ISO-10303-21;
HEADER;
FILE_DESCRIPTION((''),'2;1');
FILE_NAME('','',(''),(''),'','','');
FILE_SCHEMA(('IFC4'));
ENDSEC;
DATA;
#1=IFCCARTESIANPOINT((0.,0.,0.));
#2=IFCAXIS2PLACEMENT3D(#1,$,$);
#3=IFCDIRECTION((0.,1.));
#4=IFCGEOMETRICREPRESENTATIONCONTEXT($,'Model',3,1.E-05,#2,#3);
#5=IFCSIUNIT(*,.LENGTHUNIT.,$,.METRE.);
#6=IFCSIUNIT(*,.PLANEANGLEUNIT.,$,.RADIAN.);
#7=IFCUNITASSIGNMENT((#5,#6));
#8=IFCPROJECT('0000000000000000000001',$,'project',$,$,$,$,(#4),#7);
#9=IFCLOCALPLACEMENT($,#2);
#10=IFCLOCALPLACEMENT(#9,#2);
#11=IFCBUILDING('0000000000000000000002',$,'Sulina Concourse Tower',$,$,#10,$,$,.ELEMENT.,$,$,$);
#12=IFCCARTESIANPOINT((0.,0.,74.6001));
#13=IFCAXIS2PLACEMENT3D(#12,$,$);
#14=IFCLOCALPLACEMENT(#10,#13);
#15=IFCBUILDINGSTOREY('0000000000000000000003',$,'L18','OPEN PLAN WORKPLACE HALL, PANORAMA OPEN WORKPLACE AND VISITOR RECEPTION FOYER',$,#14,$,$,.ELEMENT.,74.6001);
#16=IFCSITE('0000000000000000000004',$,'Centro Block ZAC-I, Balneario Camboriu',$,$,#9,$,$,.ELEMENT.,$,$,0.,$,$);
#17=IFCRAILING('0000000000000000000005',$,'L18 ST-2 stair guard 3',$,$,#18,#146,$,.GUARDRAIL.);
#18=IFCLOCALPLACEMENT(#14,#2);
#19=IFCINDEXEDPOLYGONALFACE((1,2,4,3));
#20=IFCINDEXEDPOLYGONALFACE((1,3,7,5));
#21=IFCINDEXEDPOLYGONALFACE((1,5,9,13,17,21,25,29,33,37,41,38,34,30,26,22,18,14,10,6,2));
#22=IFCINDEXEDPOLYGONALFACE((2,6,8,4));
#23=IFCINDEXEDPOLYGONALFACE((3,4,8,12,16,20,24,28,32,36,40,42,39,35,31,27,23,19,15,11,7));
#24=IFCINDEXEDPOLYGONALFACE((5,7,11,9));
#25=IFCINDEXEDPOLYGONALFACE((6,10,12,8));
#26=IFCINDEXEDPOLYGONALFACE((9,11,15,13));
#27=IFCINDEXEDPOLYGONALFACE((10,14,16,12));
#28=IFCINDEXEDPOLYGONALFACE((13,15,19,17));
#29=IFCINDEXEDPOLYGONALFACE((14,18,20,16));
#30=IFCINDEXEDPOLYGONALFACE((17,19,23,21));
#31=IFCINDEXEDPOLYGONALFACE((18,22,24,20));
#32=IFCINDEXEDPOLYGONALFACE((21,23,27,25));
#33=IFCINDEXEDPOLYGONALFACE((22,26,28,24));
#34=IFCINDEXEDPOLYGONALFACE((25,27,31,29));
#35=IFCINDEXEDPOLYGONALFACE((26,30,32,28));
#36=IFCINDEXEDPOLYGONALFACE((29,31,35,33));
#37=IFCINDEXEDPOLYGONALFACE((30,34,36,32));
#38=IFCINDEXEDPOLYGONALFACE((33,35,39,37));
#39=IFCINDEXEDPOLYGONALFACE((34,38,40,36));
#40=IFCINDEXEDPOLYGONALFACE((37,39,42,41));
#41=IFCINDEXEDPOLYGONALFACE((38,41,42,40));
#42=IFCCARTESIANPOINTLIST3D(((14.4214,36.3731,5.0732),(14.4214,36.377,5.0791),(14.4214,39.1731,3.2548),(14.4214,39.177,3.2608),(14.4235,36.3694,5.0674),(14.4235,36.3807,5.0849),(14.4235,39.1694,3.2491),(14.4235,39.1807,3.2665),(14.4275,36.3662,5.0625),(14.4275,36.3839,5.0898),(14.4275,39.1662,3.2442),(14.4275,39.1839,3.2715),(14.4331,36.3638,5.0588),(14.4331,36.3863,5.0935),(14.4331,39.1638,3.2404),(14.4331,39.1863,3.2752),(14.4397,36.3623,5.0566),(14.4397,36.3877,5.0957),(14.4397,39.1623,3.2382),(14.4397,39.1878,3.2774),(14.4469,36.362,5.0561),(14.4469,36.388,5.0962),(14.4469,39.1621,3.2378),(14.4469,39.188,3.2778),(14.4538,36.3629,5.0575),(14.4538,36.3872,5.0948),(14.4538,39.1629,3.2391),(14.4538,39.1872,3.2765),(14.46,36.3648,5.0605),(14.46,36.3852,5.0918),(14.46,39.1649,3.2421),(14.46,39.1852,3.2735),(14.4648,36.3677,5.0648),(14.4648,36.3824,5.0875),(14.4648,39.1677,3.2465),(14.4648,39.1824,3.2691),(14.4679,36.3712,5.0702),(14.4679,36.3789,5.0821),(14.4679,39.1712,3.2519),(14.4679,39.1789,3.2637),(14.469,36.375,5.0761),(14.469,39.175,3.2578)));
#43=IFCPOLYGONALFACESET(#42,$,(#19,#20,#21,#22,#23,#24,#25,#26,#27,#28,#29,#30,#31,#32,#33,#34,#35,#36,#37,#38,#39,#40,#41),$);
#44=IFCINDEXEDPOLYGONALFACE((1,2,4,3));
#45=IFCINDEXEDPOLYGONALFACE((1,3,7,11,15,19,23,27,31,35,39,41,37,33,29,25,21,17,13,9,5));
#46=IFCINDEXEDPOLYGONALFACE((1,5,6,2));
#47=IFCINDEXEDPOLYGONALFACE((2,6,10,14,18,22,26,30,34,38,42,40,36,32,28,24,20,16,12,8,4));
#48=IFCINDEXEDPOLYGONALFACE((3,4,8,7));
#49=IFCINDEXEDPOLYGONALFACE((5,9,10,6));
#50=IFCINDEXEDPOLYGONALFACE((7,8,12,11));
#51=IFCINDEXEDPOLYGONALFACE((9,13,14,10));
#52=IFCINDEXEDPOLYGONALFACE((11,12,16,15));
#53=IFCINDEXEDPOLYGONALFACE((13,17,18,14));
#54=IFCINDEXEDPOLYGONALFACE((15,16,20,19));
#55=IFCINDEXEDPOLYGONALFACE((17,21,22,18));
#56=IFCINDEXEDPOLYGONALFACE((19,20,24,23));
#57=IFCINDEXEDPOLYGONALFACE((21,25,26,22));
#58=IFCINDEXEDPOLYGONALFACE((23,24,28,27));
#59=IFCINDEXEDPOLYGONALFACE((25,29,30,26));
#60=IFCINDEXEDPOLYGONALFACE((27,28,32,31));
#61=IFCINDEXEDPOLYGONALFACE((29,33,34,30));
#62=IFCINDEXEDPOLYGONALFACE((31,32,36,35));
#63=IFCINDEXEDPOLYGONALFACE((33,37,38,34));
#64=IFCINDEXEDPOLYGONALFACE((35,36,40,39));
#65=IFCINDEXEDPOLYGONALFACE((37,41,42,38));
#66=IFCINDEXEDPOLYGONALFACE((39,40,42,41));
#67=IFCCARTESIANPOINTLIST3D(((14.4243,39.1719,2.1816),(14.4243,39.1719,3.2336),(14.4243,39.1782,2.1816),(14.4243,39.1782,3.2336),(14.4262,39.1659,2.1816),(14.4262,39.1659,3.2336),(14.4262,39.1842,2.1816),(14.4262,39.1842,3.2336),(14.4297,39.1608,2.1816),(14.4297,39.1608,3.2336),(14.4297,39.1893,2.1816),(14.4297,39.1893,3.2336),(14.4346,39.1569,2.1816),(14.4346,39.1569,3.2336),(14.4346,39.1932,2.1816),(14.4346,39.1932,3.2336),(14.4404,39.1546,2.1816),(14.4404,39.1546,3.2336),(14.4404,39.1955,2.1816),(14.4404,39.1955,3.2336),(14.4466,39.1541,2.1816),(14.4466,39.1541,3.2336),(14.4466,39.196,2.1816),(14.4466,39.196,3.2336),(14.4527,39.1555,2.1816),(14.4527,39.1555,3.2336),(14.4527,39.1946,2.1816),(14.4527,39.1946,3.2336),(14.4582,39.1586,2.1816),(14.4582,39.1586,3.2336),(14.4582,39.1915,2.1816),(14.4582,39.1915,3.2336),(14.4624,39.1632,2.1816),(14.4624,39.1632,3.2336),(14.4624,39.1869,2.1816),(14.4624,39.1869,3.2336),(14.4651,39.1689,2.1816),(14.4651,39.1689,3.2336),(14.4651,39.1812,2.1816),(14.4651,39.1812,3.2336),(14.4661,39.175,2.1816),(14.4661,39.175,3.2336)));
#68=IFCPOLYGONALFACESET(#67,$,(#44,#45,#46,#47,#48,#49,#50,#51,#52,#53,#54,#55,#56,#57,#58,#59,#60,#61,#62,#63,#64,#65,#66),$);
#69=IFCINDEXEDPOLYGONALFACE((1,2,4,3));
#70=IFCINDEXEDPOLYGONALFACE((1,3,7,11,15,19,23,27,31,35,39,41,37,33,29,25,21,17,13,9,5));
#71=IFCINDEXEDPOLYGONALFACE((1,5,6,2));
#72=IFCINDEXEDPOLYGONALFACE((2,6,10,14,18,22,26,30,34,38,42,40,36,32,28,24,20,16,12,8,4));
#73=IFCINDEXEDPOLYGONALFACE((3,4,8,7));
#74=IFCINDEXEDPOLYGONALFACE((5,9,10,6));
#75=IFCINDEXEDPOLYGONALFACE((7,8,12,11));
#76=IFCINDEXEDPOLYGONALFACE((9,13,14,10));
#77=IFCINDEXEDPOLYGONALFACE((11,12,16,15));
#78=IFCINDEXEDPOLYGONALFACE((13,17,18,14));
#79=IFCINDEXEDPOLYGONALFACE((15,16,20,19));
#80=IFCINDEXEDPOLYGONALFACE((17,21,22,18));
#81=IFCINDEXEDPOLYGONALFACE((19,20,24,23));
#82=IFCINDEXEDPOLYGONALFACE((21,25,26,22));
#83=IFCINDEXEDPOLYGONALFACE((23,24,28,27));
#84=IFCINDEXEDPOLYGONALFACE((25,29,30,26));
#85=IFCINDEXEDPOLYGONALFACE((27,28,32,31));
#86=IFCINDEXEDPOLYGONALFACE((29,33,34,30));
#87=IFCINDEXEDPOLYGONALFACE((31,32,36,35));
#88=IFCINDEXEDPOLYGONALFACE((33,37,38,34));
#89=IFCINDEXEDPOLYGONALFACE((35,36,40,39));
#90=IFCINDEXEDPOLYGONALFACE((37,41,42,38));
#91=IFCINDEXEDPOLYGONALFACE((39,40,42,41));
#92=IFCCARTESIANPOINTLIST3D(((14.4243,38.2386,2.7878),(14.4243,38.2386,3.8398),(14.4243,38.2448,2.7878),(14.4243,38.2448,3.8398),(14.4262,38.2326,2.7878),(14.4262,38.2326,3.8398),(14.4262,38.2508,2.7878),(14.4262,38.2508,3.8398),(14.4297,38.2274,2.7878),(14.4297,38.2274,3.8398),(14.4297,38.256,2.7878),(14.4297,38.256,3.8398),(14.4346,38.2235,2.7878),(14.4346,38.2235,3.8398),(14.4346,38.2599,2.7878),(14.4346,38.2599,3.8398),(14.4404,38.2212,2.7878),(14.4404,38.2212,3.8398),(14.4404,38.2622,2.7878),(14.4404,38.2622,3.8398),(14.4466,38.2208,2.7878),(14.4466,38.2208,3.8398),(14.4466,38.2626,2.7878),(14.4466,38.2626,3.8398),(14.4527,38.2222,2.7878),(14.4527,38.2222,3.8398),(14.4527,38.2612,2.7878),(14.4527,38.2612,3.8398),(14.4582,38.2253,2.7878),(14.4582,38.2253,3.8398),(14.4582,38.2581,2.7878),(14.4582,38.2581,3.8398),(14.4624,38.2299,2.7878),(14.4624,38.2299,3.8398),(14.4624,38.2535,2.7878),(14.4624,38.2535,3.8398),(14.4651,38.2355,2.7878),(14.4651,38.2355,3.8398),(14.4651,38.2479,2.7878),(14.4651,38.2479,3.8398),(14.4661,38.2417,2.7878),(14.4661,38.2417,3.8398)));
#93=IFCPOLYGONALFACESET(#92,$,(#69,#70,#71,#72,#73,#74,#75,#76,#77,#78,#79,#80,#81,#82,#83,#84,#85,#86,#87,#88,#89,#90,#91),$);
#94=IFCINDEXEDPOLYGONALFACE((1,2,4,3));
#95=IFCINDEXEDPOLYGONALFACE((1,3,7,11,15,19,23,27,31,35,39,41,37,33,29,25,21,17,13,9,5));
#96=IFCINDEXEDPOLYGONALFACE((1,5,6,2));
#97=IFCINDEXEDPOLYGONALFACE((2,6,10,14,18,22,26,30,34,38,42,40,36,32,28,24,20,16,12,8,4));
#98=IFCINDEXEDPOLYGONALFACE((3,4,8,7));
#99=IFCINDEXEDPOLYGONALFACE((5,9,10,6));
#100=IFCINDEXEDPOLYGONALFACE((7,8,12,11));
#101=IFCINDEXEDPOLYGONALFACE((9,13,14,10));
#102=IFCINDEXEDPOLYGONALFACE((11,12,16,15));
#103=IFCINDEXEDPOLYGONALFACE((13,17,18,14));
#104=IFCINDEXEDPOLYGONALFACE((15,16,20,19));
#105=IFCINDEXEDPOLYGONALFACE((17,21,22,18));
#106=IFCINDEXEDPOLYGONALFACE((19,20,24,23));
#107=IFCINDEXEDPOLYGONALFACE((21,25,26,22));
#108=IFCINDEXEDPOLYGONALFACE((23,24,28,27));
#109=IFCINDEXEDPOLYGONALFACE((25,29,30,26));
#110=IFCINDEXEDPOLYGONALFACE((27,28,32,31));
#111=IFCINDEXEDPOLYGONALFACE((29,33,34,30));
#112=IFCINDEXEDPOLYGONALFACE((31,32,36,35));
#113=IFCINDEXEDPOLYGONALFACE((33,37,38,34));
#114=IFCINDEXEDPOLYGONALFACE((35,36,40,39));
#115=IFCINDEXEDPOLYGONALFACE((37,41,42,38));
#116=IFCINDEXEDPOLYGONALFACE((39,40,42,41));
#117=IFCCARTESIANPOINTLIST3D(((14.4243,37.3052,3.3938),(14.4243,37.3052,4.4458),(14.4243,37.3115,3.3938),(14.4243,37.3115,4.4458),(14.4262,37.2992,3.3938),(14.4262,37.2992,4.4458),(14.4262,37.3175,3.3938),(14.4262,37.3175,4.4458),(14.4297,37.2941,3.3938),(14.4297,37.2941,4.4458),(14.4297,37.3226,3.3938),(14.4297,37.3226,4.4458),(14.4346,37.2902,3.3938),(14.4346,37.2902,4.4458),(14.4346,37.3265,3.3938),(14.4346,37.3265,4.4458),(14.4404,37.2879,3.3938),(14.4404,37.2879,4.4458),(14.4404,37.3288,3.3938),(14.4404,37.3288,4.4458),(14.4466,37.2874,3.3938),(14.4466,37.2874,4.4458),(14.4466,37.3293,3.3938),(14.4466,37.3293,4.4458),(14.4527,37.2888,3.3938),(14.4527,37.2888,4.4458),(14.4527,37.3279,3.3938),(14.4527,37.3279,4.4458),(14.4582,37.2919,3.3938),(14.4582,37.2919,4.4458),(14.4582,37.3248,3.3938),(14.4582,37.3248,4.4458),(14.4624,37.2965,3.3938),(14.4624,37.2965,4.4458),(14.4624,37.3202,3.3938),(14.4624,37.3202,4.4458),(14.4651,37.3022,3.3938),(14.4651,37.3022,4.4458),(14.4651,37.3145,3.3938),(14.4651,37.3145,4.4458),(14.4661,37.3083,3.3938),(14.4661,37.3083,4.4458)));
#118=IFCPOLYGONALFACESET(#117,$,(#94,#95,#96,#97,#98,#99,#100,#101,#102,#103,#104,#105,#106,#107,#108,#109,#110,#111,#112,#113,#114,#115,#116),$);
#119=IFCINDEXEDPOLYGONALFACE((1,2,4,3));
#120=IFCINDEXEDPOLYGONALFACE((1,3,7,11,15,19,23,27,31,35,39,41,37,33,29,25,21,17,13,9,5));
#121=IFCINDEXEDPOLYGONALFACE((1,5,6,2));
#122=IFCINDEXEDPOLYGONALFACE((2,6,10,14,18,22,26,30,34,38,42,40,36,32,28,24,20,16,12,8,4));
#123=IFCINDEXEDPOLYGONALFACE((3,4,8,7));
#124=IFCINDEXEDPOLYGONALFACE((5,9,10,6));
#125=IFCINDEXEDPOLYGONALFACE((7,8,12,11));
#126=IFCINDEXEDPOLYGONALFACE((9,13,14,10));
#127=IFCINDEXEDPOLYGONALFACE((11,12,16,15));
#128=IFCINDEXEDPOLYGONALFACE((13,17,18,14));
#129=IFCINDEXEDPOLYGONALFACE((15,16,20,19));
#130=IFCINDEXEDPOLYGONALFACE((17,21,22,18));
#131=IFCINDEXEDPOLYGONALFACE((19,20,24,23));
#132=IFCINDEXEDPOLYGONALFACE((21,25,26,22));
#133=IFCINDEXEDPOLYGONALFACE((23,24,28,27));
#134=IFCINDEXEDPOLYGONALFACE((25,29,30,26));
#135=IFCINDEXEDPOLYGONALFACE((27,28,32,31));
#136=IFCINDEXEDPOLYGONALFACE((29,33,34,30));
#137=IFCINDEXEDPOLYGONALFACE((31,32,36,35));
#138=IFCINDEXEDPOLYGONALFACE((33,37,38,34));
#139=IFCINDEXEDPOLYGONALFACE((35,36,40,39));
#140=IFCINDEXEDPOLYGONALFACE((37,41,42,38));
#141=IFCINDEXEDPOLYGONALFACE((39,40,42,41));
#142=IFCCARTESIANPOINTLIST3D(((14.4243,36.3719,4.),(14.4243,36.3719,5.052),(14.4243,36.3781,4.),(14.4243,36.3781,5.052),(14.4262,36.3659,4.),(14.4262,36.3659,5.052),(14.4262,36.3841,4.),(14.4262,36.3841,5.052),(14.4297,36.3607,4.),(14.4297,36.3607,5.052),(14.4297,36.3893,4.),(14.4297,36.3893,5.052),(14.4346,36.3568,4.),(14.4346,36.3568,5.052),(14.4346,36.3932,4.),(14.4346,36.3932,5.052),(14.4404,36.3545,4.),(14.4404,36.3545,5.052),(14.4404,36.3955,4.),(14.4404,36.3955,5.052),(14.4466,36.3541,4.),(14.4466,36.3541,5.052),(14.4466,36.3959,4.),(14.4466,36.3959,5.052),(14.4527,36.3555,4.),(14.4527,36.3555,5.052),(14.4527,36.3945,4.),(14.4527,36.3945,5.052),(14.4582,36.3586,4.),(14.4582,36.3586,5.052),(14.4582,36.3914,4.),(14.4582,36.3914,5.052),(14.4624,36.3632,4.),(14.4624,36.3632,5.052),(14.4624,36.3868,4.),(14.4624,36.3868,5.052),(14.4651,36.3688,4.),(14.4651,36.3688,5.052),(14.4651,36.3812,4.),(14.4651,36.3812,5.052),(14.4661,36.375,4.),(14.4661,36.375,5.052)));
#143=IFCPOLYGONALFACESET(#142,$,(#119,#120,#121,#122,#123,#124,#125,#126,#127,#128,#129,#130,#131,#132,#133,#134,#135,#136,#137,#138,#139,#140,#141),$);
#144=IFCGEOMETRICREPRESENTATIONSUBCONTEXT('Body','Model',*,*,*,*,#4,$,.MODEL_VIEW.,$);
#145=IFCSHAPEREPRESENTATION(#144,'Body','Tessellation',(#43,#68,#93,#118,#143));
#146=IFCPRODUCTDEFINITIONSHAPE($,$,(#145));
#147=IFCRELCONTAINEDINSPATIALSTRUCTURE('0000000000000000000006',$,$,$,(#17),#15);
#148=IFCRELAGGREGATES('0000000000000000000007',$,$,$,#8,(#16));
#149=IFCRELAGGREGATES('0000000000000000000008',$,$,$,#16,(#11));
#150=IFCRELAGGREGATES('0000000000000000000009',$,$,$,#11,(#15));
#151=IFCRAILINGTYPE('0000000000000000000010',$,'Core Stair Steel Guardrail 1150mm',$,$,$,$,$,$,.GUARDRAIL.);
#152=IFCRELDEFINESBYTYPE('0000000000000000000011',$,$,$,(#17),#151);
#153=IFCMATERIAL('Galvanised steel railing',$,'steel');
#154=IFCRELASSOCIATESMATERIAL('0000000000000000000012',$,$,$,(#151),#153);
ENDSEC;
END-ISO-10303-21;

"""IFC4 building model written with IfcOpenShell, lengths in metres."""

from ifc_helpers import new_model, si_unit, direction, frame, origin, origin_2d, place, context, subcontext, project, spatial, circle, extrude, material, type_object, element, save


model = new_model("IFC4")

# Units and contexts
model_context = context("Model", 3, precision=1e-05, world=origin(), true_north=direction((0.0, 1.0)))
body_context = subcontext(model_context, "Body", "Model", "MODEL_VIEW")
ifc_project = project(units=[si_unit("LENGTHUNIT", "METRE"), si_unit("PLANEANGLEUNIT", "RADIAN")], contexts=[model_context])

# Site, building, storey
site_placement = place(None, origin())
site = spatial("IfcSite", under=ifc_project, at=site_placement, Name="Centro Block ZAC-I, Balneario Camboriu", CompositionType="ELEMENT", RefElevation=0.0)
building_placement = place(site_placement, origin())
building = spatial("IfcBuilding", under=site, at=building_placement, Name="Sulina Concourse Tower", CompositionType="ELEMENT")
storey_placement = place(building_placement, frame((0.0, 0.0, 74.6001)))
storey = spatial("IfcBuildingStorey", under=building, at=storey_placement, Name="L18", Description="OPEN PLAN WORKPLACE HALL, PANORAMA OPEN WORKPLACE AND VISITOR RECEPTION FOYER", CompositionType="ELEMENT", Elevation=74.6001)

# Railing
ifc_material_1 = material(Name="Galvanised steel railing", Category="steel")
railing_type_1 = type_object("IfcRailingType", Name="Core Stair Steel Guardrail 1150mm", PredefinedType="GUARDRAIL", material=ifc_material_1)
railing_1_placement = place(storey_placement, frame((14.4451, 39.175, 2.1816)))
element("IfcRailing", 1, at=railing_1_placement, inside=storey, type_object=railing_type_1, Name="L18 ST-2 stair guard 3", PredefinedType="GUARDRAIL", context=body_context, shape_type="SweptSolid", body=[
    extrude(circle(Radius=0.0239, at=origin_2d()), frame((0.0, 0.0, 1.0762), z_axis=(0.0, -0.838672, 0.544636), x_axis=(1.0, 0.0, 0.0)), (0.0, 0.0, 1.0), 3.3386),
    extrude(circle(Radius=0.021, at=origin_2d()), origin(), (0.0, 0.0, 1.0), 1.052),
    extrude(circle(Radius=0.021, at=origin_2d()), frame((0.0, -0.9333, 0.6062)), (0.0, 0.0, 1.0), 1.052),
    extrude(circle(Radius=0.021, at=origin_2d()), frame((0.0, -1.8667, 1.2122)), (0.0, 0.0, 1.0), 1.052),
    extrude(circle(Radius=0.021, at=origin_2d()), frame((0.0, -2.8, 1.8184)), (0.0, 0.0, 1.0), 1.052),
])

save(model, "model.ifc")
